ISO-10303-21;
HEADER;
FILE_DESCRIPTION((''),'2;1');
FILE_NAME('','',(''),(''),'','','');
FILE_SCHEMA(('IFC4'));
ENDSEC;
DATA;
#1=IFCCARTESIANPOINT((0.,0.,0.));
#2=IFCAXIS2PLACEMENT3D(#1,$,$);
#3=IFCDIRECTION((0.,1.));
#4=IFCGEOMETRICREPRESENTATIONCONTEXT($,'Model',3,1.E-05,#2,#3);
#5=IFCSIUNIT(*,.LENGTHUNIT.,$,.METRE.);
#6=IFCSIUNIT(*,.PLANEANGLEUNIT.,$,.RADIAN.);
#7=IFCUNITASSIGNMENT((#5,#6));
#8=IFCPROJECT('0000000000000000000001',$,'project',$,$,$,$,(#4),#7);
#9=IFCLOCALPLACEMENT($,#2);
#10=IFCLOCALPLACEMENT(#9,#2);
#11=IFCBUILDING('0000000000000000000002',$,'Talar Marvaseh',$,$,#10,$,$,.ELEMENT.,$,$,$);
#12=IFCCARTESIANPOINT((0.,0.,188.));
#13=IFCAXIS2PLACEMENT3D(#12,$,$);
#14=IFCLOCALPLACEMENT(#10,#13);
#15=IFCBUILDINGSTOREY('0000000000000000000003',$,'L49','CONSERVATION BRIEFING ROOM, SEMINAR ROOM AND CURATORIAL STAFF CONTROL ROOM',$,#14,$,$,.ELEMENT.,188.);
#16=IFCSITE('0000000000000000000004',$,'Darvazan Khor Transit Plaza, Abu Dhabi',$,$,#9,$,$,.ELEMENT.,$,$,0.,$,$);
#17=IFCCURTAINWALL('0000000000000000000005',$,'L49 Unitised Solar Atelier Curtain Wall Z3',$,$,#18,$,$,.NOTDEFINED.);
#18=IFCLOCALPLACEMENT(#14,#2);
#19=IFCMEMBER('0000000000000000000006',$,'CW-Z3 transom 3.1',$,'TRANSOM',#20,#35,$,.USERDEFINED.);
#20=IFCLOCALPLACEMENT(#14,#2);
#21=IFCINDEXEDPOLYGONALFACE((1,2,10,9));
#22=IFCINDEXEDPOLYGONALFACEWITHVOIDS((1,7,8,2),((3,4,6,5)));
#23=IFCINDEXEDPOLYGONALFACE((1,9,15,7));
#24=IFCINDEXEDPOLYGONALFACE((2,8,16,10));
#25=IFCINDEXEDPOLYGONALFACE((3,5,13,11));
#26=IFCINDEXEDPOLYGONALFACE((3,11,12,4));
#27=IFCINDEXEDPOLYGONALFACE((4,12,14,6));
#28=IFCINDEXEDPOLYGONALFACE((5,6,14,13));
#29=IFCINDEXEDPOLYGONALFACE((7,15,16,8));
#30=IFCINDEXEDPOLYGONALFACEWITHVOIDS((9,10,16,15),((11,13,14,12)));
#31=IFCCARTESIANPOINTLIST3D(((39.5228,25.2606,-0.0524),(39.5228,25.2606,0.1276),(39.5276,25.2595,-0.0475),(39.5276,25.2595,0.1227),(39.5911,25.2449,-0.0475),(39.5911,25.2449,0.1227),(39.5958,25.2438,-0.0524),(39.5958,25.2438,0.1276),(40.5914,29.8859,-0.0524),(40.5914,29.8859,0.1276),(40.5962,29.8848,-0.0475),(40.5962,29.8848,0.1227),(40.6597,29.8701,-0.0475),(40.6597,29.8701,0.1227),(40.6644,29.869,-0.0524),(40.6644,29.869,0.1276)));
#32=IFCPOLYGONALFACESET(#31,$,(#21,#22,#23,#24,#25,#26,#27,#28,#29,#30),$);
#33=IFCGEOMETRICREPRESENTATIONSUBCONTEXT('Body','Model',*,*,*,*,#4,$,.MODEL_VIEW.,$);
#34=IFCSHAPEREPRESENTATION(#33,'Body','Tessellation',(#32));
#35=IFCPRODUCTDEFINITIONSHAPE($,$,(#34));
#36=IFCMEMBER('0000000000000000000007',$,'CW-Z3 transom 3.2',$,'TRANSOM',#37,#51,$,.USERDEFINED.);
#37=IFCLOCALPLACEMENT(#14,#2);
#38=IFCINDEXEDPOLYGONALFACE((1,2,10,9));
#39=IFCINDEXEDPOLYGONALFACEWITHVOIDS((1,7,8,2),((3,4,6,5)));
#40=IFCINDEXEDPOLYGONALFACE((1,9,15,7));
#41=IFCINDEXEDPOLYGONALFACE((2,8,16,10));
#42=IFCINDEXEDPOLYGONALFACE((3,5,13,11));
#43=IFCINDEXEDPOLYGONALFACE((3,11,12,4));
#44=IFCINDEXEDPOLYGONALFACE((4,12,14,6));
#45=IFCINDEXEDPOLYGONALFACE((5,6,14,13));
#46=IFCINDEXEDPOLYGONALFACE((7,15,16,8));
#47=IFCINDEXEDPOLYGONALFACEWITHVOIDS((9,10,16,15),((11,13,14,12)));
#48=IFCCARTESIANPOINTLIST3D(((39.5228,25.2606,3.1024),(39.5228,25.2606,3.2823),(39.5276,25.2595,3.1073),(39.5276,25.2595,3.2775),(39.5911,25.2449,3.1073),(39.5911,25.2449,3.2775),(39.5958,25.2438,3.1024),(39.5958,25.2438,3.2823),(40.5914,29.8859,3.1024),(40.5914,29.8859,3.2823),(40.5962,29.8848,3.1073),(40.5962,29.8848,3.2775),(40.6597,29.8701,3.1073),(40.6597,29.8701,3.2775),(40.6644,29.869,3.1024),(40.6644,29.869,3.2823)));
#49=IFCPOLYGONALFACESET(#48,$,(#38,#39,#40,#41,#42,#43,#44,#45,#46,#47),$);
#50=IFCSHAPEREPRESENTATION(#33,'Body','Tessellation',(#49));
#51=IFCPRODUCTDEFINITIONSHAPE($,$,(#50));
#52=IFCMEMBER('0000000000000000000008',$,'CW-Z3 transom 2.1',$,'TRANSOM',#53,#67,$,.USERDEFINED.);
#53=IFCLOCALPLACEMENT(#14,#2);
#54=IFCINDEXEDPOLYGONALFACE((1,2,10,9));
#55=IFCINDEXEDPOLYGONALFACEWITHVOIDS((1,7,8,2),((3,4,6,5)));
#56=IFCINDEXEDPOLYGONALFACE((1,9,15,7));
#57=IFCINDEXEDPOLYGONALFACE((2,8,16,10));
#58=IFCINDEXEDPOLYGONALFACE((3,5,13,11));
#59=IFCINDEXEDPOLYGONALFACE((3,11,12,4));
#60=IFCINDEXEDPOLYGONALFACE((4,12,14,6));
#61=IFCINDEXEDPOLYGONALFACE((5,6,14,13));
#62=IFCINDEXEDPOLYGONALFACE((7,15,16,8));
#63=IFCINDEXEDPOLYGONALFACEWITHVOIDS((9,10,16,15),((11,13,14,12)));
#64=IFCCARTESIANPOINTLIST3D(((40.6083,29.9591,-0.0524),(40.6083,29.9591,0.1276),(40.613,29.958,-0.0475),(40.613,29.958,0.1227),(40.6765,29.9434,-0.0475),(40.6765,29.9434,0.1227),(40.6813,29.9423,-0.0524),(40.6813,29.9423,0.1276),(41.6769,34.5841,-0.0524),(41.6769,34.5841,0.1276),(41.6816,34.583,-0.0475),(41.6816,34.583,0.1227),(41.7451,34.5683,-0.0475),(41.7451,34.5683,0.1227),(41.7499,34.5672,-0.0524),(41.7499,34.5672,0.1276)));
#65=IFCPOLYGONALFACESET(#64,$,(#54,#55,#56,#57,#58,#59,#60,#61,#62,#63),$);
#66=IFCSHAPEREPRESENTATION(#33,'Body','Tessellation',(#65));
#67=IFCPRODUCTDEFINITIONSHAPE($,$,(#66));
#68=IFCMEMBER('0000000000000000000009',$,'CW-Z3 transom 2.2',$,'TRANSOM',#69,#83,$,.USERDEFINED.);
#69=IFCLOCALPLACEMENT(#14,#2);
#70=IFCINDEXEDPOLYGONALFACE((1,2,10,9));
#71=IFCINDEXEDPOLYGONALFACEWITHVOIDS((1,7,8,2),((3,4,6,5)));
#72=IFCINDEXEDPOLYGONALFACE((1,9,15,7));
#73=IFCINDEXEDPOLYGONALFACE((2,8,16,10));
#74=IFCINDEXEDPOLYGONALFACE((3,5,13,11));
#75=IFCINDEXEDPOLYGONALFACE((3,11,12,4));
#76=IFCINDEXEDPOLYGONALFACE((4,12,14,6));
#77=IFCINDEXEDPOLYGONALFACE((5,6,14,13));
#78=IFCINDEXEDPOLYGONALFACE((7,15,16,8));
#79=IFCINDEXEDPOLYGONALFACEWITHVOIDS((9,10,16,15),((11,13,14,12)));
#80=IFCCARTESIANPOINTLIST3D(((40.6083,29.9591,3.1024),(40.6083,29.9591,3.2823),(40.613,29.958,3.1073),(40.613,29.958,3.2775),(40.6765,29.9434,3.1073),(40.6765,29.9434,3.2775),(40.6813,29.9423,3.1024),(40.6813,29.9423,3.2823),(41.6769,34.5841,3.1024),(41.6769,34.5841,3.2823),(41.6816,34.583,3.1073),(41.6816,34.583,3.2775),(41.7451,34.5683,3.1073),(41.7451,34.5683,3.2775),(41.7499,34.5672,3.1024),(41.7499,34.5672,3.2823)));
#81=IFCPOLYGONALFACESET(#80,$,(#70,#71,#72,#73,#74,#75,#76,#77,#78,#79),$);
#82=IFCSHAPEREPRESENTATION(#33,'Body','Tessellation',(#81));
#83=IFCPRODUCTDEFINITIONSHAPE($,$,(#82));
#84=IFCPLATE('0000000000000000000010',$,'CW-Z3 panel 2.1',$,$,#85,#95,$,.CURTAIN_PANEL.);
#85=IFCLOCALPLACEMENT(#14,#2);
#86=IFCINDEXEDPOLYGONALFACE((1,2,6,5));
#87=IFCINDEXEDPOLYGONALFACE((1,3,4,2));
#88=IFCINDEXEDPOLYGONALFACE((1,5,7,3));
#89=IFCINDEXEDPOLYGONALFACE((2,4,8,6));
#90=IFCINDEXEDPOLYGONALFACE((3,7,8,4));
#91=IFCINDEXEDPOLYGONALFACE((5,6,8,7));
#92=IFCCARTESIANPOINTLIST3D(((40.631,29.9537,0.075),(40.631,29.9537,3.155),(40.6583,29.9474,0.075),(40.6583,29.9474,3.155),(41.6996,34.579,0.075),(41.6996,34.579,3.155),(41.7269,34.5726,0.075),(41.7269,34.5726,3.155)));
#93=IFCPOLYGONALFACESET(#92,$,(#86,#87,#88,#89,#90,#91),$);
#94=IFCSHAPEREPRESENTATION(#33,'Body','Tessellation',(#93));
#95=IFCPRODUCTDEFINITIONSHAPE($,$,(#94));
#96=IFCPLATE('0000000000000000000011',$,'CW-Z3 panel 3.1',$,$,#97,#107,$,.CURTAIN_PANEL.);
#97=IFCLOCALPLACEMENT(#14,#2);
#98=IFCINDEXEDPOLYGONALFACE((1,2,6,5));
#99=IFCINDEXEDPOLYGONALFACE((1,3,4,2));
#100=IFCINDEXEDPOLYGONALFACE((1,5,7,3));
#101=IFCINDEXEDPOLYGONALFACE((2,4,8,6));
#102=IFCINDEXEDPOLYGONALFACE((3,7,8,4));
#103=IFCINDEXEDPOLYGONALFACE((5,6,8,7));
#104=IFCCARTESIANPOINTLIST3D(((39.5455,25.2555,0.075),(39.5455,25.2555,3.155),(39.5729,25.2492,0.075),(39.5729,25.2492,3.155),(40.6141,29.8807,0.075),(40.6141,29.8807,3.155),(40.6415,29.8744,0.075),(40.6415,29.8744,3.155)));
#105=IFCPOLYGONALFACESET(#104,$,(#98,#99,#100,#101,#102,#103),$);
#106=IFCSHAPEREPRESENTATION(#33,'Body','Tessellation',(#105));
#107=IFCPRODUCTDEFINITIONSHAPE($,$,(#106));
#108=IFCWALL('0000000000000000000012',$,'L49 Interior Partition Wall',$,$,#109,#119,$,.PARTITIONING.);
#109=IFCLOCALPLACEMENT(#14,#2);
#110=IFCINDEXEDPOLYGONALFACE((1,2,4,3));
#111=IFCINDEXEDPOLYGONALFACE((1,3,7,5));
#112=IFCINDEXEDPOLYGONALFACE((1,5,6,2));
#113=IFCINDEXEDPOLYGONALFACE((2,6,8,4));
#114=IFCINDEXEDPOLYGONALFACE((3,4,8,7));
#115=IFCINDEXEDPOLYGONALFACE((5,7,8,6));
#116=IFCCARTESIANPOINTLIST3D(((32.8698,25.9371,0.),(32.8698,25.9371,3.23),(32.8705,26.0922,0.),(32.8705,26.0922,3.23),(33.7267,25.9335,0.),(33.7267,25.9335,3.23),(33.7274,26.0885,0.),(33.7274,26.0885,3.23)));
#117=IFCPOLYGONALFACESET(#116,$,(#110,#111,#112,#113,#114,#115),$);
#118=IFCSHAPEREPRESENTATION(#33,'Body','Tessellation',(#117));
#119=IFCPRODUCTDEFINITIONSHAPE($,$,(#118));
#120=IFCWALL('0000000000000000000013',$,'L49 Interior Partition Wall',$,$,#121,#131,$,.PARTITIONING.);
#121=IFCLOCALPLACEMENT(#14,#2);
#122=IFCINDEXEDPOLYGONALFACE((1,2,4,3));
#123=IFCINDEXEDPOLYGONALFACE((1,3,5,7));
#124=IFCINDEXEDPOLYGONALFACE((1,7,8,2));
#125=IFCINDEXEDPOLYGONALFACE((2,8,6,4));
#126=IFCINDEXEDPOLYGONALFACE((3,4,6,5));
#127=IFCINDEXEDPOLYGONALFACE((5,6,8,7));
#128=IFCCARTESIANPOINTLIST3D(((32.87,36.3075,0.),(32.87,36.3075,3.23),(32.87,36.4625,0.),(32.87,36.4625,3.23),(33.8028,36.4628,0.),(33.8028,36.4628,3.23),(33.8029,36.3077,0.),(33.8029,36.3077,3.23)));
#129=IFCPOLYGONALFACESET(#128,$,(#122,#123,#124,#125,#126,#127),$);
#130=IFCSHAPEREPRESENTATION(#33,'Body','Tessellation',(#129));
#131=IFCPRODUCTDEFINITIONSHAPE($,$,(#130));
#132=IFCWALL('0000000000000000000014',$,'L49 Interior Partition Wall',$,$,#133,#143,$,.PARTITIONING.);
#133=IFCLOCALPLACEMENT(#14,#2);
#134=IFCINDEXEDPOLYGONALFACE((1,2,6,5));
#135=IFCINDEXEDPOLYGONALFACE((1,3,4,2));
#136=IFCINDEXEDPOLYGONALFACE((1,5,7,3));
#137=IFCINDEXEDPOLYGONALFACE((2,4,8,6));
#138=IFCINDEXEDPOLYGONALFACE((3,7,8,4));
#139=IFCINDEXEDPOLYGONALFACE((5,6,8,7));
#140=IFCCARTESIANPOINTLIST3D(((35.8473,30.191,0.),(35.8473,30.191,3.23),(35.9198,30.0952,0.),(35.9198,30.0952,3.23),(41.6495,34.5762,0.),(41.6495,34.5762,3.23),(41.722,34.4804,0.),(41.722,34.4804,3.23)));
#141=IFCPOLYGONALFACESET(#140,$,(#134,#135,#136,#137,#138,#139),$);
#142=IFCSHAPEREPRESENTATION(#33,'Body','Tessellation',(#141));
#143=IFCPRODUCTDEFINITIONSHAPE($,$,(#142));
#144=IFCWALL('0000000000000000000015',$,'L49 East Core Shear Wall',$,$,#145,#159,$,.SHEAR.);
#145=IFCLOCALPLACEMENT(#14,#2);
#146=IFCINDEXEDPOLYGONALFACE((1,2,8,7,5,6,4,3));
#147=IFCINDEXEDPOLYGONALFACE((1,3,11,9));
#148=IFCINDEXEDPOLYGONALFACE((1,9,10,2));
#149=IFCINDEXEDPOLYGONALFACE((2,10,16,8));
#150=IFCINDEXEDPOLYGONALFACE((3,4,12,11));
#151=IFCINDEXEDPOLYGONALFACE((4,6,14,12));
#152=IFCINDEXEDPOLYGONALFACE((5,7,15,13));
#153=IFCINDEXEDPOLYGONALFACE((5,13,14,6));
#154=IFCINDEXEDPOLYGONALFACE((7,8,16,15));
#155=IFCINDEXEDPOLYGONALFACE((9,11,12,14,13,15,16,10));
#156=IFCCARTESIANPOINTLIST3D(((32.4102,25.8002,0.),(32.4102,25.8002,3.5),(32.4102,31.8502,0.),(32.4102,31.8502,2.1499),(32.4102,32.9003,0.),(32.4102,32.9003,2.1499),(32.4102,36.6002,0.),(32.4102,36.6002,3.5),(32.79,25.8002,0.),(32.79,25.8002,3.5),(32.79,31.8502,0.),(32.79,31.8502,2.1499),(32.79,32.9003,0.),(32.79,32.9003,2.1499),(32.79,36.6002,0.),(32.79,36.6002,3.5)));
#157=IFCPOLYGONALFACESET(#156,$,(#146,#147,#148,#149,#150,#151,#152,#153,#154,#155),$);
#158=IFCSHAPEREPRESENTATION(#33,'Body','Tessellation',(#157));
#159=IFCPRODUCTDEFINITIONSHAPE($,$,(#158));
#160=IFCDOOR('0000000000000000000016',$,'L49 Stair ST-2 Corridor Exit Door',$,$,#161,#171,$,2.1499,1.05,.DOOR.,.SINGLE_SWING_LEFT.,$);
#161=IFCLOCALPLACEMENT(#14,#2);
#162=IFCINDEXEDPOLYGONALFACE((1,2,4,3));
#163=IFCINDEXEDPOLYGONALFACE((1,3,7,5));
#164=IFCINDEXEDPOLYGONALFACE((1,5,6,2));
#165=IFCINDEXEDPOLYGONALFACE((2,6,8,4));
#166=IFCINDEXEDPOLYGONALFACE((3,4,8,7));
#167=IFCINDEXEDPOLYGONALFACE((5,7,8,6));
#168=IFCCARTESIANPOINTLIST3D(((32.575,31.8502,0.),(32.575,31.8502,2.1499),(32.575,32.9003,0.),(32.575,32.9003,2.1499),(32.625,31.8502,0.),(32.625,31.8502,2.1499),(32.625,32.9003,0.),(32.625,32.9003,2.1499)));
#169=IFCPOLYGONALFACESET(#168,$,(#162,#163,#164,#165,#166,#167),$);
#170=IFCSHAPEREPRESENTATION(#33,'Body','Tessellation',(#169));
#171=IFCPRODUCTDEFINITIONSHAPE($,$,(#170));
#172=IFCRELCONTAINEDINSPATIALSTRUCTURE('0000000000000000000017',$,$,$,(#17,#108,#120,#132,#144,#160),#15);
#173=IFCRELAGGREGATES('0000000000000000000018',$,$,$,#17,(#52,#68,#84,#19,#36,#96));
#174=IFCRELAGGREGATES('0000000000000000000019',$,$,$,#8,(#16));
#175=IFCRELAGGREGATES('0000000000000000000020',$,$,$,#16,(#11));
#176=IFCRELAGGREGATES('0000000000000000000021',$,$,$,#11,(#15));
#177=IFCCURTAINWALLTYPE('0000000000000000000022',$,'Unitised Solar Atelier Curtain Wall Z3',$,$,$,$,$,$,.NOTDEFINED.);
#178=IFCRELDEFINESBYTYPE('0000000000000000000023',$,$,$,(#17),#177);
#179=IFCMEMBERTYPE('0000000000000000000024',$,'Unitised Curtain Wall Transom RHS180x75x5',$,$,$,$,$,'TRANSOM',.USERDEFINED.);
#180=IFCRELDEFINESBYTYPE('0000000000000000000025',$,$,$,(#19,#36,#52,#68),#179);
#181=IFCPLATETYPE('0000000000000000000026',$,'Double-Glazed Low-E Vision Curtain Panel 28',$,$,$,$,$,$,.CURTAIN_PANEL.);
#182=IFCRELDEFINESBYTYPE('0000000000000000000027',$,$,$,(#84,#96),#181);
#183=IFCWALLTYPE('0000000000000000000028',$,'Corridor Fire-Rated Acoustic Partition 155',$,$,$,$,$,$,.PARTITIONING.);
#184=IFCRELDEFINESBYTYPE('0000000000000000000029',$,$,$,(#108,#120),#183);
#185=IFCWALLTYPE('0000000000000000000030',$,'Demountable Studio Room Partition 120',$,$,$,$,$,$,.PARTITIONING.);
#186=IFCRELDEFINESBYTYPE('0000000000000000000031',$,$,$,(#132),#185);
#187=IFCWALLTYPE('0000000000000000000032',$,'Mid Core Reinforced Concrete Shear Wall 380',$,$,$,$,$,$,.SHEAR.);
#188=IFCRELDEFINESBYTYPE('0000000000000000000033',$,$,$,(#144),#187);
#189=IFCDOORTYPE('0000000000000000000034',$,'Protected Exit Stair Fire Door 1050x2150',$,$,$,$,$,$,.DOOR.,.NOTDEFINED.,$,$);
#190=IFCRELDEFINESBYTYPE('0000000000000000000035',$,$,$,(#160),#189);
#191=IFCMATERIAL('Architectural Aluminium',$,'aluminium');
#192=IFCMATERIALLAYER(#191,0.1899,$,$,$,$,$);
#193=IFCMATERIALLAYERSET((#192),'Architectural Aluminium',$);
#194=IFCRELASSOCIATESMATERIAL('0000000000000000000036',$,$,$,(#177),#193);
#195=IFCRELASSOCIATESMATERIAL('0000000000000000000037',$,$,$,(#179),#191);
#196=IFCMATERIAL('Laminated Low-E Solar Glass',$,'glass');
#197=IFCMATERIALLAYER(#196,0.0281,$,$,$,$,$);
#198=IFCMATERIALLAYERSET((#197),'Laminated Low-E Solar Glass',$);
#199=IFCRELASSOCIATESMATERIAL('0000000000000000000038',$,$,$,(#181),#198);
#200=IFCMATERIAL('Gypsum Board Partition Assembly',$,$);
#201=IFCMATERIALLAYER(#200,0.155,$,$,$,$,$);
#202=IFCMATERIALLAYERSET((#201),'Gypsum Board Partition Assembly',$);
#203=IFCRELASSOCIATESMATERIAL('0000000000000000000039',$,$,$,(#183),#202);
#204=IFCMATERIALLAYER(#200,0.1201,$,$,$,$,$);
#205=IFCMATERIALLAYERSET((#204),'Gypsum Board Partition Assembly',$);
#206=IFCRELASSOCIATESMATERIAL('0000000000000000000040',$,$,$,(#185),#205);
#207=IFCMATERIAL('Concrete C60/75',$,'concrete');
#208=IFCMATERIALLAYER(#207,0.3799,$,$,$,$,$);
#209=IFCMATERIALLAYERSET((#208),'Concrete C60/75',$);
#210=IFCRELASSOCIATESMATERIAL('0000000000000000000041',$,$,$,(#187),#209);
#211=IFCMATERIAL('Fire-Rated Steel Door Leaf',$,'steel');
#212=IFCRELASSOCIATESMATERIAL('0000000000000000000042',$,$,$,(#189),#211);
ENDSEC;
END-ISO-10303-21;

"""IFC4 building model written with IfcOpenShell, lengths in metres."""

from ifc_helpers import new_model, si_unit, direction, frame, frame_2d, origin, origin_2d, place, context, subcontext, project, spatial, rectangle, hollow_rectangle, extrude, source, transform, mapped, material, layer, layer_set, material_profile, profile_set, type_object, type_shapes, element, fill, aggregate, save


model = new_model("IFC4")

# Units and contexts
model_context = context("Model", 3, precision=1e-05, world=origin(), true_north=direction((0.0, 1.0)))
body_context = subcontext(model_context, "Body", "Model", "MODEL_VIEW")
ifc_project = project(units=[si_unit("LENGTHUNIT", "METRE"), si_unit("PLANEANGLEUNIT", "RADIAN")], contexts=[model_context])

# Site, building, storey
site_placement = place(None, origin())
site = spatial("IfcSite", under=ifc_project, at=site_placement, Name="Darvazan Khor Transit Plaza, Abu Dhabi", CompositionType="ELEMENT", RefElevation=0.0)
building_placement = place(site_placement, origin())
building = spatial("IfcBuilding", under=site, at=building_placement, Name="Talar Marvaseh", CompositionType="ELEMENT")
storey_placement = place(building_placement, frame((0.0, 0.0, 188.0)))
storey = spatial("IfcBuildingStorey", under=building, at=storey_placement, Name="L49", Description="CONSERVATION BRIEFING ROOM, SEMINAR ROOM AND CURATORIAL STAFF CONTROL ROOM", CompositionType="ELEMENT", Elevation=188.0)

# Shared definitions
ifc_material_1 = material(Name="Concrete C60/75", Category="concrete")

# Curtain wall, members, plates
ifc_material_2 = material(Name="Architectural Aluminium", Category="aluminium")
ifc_layer_1 = layer(ifc_material_2, 0.1899)
ifc_layer_set_1 = layer_set([ifc_layer_1], Name="Architectural Aluminium")
curtain_wall_type = type_object("IfcCurtainWallType", Name="Unitised Solar Atelier Curtain Wall Z3", PredefinedType="NOTDEFINED", material=ifc_layer_set_1)
curtain_wall_placement = place(storey_placement, origin())
curtain_wall = element("IfcCurtainWall", 1, at=curtain_wall_placement, inside=storey, type_object=curtain_wall_type, Name="L49 Unitised Solar Atelier Curtain Wall Z3", PredefinedType="NOTDEFINED")
ifc_material_profile_1 = material_profile(ifc_material_2, hollow_rectangle(XDim=0.075, YDim=0.1799, WallThickness=0.0049, at=origin_2d()), Name="RHS180x75x5")
ifc_profile_set_1 = profile_set([ifc_material_profile_1], Name="Architectural Aluminium")
member_type_1 = type_object("IfcMemberType", Name="Unitised Curtain Wall Transom RHS180x75x5", ElementType="TRANSOM", PredefinedType="USERDEFINED", material=ifc_profile_set_1)
shared_shape_1 = source(origin(), body_context, "Body", "SweptSolid", [
    extrude(hollow_rectangle(XDim=0.075, YDim=0.1799, WallThickness=0.0049, at=origin_2d()), origin(), (0.0, 0.0, 1.0), 4.7471),
])
member_1_placement = place(storey_placement, frame((40.6279, 29.8774, 0.0376), z_axis=(-0.225107, -0.974334, 0.0), x_axis=(0.974334, -0.225107, 0.0)))
member_1 = element("IfcMember", 2, at=member_1_placement, type_object=member_type_1, Name="CW-Z3 transom 3.1", ObjectType="TRANSOM", PredefinedType="USERDEFINED", context=body_context, shape_type="MappedRepresentation", body=[
    mapped(shared_shape_1, transform((0.0, 0.0, 0.0), x_axis=(1.0, 0.0, 0.0), y_axis=(0.0, 1.0, 0.0), z_axis=(0.0, 0.0, 1.0), scale=1.0)),
])
member_2_placement = place(storey_placement, frame((40.6279, 29.8774, 3.1924), z_axis=(-0.225107, -0.974334, 0.0), x_axis=(0.974334, -0.225107, 0.0)))
member_2 = element("IfcMember", 3, at=member_2_placement, type_object=member_type_1, Name="CW-Z3 transom 3.2", ObjectType="TRANSOM", PredefinedType="USERDEFINED", context=body_context, shape_type="MappedRepresentation", body=[
    mapped(shared_shape_1, transform((0.0, 0.0, 0.0), x_axis=(1.0, 0.0, 0.0), y_axis=(0.0, 1.0, 0.0), z_axis=(0.0, 0.0, 1.0), scale=1.0)),
])
shared_shape_2 = source(origin(), body_context, "Body", "SweptSolid", [
    extrude(hollow_rectangle(XDim=0.075, YDim=0.1799, WallThickness=0.0049, at=origin_2d()), origin(), (0.0, 0.0, 1.0), 4.7468),
])
type_shapes(member_type_1, [shared_shape_1, shared_shape_2])
member_3_placement = place(storey_placement, frame((41.7134, 34.5757, 0.0376), z_axis=(-0.225119, -0.974331, 0.0), x_axis=(0.974331, -0.225119, 0.0)))
member_3 = element("IfcMember", 4, at=member_3_placement, type_object=member_type_1, Name="CW-Z3 transom 2.1", ObjectType="TRANSOM", PredefinedType="USERDEFINED", context=body_context, shape_type="MappedRepresentation", body=[
    mapped(shared_shape_2, transform((0.0, 0.0, 0.0), x_axis=(1.0, 0.0, 0.0), y_axis=(0.0, 1.0, 0.0), z_axis=(0.0, 0.0, 1.0), scale=1.0)),
])
member_4_placement = place(storey_placement, frame((41.7134, 34.5757, 3.1924), z_axis=(-0.225119, -0.974331, 0.0), x_axis=(0.974331, -0.225119, 0.0)))
member_4 = element("IfcMember", 5, at=member_4_placement, type_object=member_type_1, Name="CW-Z3 transom 2.2", ObjectType="TRANSOM", PredefinedType="USERDEFINED", context=body_context, shape_type="MappedRepresentation", body=[
    mapped(shared_shape_2, transform((0.0, 0.0, 0.0), x_axis=(1.0, 0.0, 0.0), y_axis=(0.0, 1.0, 0.0), z_axis=(0.0, 0.0, 1.0), scale=1.0)),
])
ifc_material_3 = material(Name="Laminated Low-E Solar Glass", Category="glass")
ifc_layer_2 = layer(ifc_material_3, 0.0281)
ifc_layer_set_2 = layer_set([ifc_layer_2], Name="Laminated Low-E Solar Glass")
plate_type = type_object("IfcPlateType", Name="Double-Glazed Low-E Vision Curtain Panel 28", PredefinedType="CURTAIN_PANEL", material=ifc_layer_set_2)
shared_shape_3 = source(origin(), body_context, "Body", "SweptSolid", [
    extrude(rectangle(XDim=4.7471, YDim=0.0281, at=origin_2d()), origin(), (0.0, 0.0, 1.0), 3.0801),
])
type_shapes(plate_type, [shared_shape_3])
plate_1_placement = place(storey_placement, frame((41.179, 32.2632, 0.075), z_axis=(0.0, 0.0, 1.0), x_axis=(-0.225102, -0.974335, 0.0)))
plate_1 = element("IfcPlate", 6, at=plate_1_placement, type_object=plate_type, Name="CW-Z3 panel 2.1", PredefinedType="CURTAIN_PANEL", context=body_context, shape_type="MappedRepresentation", body=[
    mapped(shared_shape_3, transform((0.0, 0.0, 0.0), x_axis=(1.0, 0.0, 0.0), y_axis=(0.0, 1.0, 0.0), z_axis=(0.0, 0.0, 1.0), scale=1.0)),
])
plate_2_placement = place(storey_placement, frame((40.0935, 27.5649, 0.075), z_axis=(0.0, 0.0, 1.0), x_axis=(-0.225102, -0.974335, 0.0)))
plate_2 = element("IfcPlate", 7, at=plate_2_placement, type_object=plate_type, Name="CW-Z3 panel 3.1", PredefinedType="CURTAIN_PANEL", context=body_context, shape_type="MappedRepresentation", body=[
    mapped(shared_shape_3, transform((0.0, 0.0, 0.0), x_axis=(1.0, 0.0, 0.0), y_axis=(0.0, 1.0, 0.0), z_axis=(0.0, 0.0, 1.0), scale=1.0)),
])
aggregate(curtain_wall, [member_3, member_4, plate_1, member_1, member_2, plate_2])

# Walls
ifc_material_4 = material(Name="Gypsum Board Partition Assembly")
ifc_layer_3 = layer(ifc_material_4, 0.155)
ifc_layer_set_3 = layer_set([ifc_layer_3], Name="Gypsum Board Partition Assembly")
wall_type_1 = type_object("IfcWallType", Name="Corridor Fire-Rated Acoustic Partition 155", PredefinedType="PARTITIONING", material=ifc_layer_set_3)
wall_1_placement = place(storey_placement, frame((33.7271, 26.011, 0.0), z_axis=(0.0, 0.0, 1.0), x_axis=(-0.999991, 0.004273, 0.0)))
element("IfcWall", 8, at=wall_1_placement, inside=storey, type_object=wall_type_1, Name="L49 Interior Partition Wall", PredefinedType="PARTITIONING", context=body_context, shape_type="SweptSolid", body=[
    extrude(rectangle(XDim=0.8569, YDim=0.155, at=frame_2d((0.4285, 0.0))), origin(), (0.0, 0.0, 1.0), 3.23),
])
wall_2_placement = place(storey_placement, frame((32.8701, 36.385, 0.0), z_axis=(0.0, 0.0, 1.0), x_axis=(1.0, 0.000262, 0.0)))
element("IfcWall", 9, at=wall_2_placement, inside=storey, type_object=wall_type_1, Name="L49 Interior Partition Wall", PredefinedType="PARTITIONING", context=body_context, shape_type="SweptSolid", body=[
    extrude(rectangle(XDim=0.9329, YDim=0.155, at=frame_2d((0.4663, 0.0))), origin(), (0.0, 0.0, 1.0), 3.23),
])
ifc_layer_4 = layer(ifc_material_4, 0.1201)
ifc_layer_set_4 = layer_set([ifc_layer_4], Name="Gypsum Board Partition Assembly")
wall_type_2 = type_object("IfcWallType", Name="Demountable Studio Room Partition 120", PredefinedType="PARTITIONING", material=ifc_layer_set_4)
wall_3_placement = place(storey_placement, frame((35.8835, 30.1431, 0.0), z_axis=(0.0, 0.0, 1.0), x_axis=(0.797779, 0.60295, 0.0)))
element("IfcWall", 10, at=wall_3_placement, inside=storey, type_object=wall_type_2, Name="L49 Interior Partition Wall", PredefinedType="PARTITIONING", context=body_context, shape_type="SweptSolid", body=[
    extrude(rectangle(XDim=7.2729, YDim=0.1201, at=frame_2d((3.6365, 0.0))), origin(), (0.0, 0.0, 1.0), 3.23),
])

# Wall, opening, door
ifc_layer_5 = layer(ifc_material_1, 0.3799)
ifc_layer_set_5 = layer_set([ifc_layer_5], Name="Concrete C60/75")
wall_type_3 = type_object("IfcWallType", Name="Mid Core Reinforced Concrete Shear Wall 380", PredefinedType="SHEAR", material=ifc_layer_set_5)
wall_4_placement = place(storey_placement, frame((32.6001, 36.6001, 0.0), z_axis=(0.0, 0.0, 1.0), x_axis=(0.0, -1.0, 0.0)))
wall_4 = element("IfcWall", 11, at=wall_4_placement, inside=storey, type_object=wall_type_3, Name="L49 East Core Shear Wall", PredefinedType="SHEAR", context=body_context, shape_type="SweptSolid", body=[
    extrude(rectangle(XDim=10.8, YDim=0.3799, at=frame_2d((5.3999, 0.0))), origin(), (0.0, 0.0, 1.0), 3.5),
])
opening_placement = place(wall_4_placement, frame((3.7, 0.0, 0.0)))
opening = element("IfcOpeningElement", 12, at=opening_placement, cuts=wall_4, PredefinedType="OPENING", context=body_context, shape_type="SweptSolid", body=[
    extrude(rectangle(XDim=1.05, YDim=2.1499, at=frame_2d((0.5249, 1.075))), frame((0.0, 0.2, 0.0), z_axis=(0.0, -1.0, 0.0), x_axis=(1.0, 0.0, 0.0)), (0.0, 0.0, 1.0), 0.3999),
])
ifc_material_5 = material(Name="Fire-Rated Steel Door Leaf", Category="steel")
door_type = type_object("IfcDoorType", Name="Protected Exit Stair Fire Door 1050x2150", OperationType="NOTDEFINED", PredefinedType="DOOR", material=ifc_material_5)
shared_shape_4 = source(origin(), body_context, "Body", "SweptSolid", [
    extrude(rectangle(XDim=1.05, YDim=2.1499, at=frame_2d((0.5249, 1.075))), frame((0.0, 0.0249, 0.0), z_axis=(0.0, -1.0, 0.0), x_axis=(1.0, 0.0, 0.0)), (0.0, 0.0, 1.0), 0.05),
])
type_shapes(door_type, [shared_shape_4])
door_placement = place(opening_placement, origin())
door = element("IfcDoor", 13, at=door_placement, inside=storey, type_object=door_type, Name="L49 Stair ST-2 Corridor Exit Door", OperationType="SINGLE_SWING_LEFT", OverallHeight=2.1499, OverallWidth=1.05, PredefinedType="DOOR", context=body_context, shape_type="MappedRepresentation", body=[
    mapped(shared_shape_4, transform((0.0, 0.0, 0.0), x_axis=(1.0, 0.0, 0.0), y_axis=(0.0, 1.0, 0.0), z_axis=(0.0, 0.0, 1.0), scale=1.0)),
])
fill(opening, door)

save(model, "model.ifc")
